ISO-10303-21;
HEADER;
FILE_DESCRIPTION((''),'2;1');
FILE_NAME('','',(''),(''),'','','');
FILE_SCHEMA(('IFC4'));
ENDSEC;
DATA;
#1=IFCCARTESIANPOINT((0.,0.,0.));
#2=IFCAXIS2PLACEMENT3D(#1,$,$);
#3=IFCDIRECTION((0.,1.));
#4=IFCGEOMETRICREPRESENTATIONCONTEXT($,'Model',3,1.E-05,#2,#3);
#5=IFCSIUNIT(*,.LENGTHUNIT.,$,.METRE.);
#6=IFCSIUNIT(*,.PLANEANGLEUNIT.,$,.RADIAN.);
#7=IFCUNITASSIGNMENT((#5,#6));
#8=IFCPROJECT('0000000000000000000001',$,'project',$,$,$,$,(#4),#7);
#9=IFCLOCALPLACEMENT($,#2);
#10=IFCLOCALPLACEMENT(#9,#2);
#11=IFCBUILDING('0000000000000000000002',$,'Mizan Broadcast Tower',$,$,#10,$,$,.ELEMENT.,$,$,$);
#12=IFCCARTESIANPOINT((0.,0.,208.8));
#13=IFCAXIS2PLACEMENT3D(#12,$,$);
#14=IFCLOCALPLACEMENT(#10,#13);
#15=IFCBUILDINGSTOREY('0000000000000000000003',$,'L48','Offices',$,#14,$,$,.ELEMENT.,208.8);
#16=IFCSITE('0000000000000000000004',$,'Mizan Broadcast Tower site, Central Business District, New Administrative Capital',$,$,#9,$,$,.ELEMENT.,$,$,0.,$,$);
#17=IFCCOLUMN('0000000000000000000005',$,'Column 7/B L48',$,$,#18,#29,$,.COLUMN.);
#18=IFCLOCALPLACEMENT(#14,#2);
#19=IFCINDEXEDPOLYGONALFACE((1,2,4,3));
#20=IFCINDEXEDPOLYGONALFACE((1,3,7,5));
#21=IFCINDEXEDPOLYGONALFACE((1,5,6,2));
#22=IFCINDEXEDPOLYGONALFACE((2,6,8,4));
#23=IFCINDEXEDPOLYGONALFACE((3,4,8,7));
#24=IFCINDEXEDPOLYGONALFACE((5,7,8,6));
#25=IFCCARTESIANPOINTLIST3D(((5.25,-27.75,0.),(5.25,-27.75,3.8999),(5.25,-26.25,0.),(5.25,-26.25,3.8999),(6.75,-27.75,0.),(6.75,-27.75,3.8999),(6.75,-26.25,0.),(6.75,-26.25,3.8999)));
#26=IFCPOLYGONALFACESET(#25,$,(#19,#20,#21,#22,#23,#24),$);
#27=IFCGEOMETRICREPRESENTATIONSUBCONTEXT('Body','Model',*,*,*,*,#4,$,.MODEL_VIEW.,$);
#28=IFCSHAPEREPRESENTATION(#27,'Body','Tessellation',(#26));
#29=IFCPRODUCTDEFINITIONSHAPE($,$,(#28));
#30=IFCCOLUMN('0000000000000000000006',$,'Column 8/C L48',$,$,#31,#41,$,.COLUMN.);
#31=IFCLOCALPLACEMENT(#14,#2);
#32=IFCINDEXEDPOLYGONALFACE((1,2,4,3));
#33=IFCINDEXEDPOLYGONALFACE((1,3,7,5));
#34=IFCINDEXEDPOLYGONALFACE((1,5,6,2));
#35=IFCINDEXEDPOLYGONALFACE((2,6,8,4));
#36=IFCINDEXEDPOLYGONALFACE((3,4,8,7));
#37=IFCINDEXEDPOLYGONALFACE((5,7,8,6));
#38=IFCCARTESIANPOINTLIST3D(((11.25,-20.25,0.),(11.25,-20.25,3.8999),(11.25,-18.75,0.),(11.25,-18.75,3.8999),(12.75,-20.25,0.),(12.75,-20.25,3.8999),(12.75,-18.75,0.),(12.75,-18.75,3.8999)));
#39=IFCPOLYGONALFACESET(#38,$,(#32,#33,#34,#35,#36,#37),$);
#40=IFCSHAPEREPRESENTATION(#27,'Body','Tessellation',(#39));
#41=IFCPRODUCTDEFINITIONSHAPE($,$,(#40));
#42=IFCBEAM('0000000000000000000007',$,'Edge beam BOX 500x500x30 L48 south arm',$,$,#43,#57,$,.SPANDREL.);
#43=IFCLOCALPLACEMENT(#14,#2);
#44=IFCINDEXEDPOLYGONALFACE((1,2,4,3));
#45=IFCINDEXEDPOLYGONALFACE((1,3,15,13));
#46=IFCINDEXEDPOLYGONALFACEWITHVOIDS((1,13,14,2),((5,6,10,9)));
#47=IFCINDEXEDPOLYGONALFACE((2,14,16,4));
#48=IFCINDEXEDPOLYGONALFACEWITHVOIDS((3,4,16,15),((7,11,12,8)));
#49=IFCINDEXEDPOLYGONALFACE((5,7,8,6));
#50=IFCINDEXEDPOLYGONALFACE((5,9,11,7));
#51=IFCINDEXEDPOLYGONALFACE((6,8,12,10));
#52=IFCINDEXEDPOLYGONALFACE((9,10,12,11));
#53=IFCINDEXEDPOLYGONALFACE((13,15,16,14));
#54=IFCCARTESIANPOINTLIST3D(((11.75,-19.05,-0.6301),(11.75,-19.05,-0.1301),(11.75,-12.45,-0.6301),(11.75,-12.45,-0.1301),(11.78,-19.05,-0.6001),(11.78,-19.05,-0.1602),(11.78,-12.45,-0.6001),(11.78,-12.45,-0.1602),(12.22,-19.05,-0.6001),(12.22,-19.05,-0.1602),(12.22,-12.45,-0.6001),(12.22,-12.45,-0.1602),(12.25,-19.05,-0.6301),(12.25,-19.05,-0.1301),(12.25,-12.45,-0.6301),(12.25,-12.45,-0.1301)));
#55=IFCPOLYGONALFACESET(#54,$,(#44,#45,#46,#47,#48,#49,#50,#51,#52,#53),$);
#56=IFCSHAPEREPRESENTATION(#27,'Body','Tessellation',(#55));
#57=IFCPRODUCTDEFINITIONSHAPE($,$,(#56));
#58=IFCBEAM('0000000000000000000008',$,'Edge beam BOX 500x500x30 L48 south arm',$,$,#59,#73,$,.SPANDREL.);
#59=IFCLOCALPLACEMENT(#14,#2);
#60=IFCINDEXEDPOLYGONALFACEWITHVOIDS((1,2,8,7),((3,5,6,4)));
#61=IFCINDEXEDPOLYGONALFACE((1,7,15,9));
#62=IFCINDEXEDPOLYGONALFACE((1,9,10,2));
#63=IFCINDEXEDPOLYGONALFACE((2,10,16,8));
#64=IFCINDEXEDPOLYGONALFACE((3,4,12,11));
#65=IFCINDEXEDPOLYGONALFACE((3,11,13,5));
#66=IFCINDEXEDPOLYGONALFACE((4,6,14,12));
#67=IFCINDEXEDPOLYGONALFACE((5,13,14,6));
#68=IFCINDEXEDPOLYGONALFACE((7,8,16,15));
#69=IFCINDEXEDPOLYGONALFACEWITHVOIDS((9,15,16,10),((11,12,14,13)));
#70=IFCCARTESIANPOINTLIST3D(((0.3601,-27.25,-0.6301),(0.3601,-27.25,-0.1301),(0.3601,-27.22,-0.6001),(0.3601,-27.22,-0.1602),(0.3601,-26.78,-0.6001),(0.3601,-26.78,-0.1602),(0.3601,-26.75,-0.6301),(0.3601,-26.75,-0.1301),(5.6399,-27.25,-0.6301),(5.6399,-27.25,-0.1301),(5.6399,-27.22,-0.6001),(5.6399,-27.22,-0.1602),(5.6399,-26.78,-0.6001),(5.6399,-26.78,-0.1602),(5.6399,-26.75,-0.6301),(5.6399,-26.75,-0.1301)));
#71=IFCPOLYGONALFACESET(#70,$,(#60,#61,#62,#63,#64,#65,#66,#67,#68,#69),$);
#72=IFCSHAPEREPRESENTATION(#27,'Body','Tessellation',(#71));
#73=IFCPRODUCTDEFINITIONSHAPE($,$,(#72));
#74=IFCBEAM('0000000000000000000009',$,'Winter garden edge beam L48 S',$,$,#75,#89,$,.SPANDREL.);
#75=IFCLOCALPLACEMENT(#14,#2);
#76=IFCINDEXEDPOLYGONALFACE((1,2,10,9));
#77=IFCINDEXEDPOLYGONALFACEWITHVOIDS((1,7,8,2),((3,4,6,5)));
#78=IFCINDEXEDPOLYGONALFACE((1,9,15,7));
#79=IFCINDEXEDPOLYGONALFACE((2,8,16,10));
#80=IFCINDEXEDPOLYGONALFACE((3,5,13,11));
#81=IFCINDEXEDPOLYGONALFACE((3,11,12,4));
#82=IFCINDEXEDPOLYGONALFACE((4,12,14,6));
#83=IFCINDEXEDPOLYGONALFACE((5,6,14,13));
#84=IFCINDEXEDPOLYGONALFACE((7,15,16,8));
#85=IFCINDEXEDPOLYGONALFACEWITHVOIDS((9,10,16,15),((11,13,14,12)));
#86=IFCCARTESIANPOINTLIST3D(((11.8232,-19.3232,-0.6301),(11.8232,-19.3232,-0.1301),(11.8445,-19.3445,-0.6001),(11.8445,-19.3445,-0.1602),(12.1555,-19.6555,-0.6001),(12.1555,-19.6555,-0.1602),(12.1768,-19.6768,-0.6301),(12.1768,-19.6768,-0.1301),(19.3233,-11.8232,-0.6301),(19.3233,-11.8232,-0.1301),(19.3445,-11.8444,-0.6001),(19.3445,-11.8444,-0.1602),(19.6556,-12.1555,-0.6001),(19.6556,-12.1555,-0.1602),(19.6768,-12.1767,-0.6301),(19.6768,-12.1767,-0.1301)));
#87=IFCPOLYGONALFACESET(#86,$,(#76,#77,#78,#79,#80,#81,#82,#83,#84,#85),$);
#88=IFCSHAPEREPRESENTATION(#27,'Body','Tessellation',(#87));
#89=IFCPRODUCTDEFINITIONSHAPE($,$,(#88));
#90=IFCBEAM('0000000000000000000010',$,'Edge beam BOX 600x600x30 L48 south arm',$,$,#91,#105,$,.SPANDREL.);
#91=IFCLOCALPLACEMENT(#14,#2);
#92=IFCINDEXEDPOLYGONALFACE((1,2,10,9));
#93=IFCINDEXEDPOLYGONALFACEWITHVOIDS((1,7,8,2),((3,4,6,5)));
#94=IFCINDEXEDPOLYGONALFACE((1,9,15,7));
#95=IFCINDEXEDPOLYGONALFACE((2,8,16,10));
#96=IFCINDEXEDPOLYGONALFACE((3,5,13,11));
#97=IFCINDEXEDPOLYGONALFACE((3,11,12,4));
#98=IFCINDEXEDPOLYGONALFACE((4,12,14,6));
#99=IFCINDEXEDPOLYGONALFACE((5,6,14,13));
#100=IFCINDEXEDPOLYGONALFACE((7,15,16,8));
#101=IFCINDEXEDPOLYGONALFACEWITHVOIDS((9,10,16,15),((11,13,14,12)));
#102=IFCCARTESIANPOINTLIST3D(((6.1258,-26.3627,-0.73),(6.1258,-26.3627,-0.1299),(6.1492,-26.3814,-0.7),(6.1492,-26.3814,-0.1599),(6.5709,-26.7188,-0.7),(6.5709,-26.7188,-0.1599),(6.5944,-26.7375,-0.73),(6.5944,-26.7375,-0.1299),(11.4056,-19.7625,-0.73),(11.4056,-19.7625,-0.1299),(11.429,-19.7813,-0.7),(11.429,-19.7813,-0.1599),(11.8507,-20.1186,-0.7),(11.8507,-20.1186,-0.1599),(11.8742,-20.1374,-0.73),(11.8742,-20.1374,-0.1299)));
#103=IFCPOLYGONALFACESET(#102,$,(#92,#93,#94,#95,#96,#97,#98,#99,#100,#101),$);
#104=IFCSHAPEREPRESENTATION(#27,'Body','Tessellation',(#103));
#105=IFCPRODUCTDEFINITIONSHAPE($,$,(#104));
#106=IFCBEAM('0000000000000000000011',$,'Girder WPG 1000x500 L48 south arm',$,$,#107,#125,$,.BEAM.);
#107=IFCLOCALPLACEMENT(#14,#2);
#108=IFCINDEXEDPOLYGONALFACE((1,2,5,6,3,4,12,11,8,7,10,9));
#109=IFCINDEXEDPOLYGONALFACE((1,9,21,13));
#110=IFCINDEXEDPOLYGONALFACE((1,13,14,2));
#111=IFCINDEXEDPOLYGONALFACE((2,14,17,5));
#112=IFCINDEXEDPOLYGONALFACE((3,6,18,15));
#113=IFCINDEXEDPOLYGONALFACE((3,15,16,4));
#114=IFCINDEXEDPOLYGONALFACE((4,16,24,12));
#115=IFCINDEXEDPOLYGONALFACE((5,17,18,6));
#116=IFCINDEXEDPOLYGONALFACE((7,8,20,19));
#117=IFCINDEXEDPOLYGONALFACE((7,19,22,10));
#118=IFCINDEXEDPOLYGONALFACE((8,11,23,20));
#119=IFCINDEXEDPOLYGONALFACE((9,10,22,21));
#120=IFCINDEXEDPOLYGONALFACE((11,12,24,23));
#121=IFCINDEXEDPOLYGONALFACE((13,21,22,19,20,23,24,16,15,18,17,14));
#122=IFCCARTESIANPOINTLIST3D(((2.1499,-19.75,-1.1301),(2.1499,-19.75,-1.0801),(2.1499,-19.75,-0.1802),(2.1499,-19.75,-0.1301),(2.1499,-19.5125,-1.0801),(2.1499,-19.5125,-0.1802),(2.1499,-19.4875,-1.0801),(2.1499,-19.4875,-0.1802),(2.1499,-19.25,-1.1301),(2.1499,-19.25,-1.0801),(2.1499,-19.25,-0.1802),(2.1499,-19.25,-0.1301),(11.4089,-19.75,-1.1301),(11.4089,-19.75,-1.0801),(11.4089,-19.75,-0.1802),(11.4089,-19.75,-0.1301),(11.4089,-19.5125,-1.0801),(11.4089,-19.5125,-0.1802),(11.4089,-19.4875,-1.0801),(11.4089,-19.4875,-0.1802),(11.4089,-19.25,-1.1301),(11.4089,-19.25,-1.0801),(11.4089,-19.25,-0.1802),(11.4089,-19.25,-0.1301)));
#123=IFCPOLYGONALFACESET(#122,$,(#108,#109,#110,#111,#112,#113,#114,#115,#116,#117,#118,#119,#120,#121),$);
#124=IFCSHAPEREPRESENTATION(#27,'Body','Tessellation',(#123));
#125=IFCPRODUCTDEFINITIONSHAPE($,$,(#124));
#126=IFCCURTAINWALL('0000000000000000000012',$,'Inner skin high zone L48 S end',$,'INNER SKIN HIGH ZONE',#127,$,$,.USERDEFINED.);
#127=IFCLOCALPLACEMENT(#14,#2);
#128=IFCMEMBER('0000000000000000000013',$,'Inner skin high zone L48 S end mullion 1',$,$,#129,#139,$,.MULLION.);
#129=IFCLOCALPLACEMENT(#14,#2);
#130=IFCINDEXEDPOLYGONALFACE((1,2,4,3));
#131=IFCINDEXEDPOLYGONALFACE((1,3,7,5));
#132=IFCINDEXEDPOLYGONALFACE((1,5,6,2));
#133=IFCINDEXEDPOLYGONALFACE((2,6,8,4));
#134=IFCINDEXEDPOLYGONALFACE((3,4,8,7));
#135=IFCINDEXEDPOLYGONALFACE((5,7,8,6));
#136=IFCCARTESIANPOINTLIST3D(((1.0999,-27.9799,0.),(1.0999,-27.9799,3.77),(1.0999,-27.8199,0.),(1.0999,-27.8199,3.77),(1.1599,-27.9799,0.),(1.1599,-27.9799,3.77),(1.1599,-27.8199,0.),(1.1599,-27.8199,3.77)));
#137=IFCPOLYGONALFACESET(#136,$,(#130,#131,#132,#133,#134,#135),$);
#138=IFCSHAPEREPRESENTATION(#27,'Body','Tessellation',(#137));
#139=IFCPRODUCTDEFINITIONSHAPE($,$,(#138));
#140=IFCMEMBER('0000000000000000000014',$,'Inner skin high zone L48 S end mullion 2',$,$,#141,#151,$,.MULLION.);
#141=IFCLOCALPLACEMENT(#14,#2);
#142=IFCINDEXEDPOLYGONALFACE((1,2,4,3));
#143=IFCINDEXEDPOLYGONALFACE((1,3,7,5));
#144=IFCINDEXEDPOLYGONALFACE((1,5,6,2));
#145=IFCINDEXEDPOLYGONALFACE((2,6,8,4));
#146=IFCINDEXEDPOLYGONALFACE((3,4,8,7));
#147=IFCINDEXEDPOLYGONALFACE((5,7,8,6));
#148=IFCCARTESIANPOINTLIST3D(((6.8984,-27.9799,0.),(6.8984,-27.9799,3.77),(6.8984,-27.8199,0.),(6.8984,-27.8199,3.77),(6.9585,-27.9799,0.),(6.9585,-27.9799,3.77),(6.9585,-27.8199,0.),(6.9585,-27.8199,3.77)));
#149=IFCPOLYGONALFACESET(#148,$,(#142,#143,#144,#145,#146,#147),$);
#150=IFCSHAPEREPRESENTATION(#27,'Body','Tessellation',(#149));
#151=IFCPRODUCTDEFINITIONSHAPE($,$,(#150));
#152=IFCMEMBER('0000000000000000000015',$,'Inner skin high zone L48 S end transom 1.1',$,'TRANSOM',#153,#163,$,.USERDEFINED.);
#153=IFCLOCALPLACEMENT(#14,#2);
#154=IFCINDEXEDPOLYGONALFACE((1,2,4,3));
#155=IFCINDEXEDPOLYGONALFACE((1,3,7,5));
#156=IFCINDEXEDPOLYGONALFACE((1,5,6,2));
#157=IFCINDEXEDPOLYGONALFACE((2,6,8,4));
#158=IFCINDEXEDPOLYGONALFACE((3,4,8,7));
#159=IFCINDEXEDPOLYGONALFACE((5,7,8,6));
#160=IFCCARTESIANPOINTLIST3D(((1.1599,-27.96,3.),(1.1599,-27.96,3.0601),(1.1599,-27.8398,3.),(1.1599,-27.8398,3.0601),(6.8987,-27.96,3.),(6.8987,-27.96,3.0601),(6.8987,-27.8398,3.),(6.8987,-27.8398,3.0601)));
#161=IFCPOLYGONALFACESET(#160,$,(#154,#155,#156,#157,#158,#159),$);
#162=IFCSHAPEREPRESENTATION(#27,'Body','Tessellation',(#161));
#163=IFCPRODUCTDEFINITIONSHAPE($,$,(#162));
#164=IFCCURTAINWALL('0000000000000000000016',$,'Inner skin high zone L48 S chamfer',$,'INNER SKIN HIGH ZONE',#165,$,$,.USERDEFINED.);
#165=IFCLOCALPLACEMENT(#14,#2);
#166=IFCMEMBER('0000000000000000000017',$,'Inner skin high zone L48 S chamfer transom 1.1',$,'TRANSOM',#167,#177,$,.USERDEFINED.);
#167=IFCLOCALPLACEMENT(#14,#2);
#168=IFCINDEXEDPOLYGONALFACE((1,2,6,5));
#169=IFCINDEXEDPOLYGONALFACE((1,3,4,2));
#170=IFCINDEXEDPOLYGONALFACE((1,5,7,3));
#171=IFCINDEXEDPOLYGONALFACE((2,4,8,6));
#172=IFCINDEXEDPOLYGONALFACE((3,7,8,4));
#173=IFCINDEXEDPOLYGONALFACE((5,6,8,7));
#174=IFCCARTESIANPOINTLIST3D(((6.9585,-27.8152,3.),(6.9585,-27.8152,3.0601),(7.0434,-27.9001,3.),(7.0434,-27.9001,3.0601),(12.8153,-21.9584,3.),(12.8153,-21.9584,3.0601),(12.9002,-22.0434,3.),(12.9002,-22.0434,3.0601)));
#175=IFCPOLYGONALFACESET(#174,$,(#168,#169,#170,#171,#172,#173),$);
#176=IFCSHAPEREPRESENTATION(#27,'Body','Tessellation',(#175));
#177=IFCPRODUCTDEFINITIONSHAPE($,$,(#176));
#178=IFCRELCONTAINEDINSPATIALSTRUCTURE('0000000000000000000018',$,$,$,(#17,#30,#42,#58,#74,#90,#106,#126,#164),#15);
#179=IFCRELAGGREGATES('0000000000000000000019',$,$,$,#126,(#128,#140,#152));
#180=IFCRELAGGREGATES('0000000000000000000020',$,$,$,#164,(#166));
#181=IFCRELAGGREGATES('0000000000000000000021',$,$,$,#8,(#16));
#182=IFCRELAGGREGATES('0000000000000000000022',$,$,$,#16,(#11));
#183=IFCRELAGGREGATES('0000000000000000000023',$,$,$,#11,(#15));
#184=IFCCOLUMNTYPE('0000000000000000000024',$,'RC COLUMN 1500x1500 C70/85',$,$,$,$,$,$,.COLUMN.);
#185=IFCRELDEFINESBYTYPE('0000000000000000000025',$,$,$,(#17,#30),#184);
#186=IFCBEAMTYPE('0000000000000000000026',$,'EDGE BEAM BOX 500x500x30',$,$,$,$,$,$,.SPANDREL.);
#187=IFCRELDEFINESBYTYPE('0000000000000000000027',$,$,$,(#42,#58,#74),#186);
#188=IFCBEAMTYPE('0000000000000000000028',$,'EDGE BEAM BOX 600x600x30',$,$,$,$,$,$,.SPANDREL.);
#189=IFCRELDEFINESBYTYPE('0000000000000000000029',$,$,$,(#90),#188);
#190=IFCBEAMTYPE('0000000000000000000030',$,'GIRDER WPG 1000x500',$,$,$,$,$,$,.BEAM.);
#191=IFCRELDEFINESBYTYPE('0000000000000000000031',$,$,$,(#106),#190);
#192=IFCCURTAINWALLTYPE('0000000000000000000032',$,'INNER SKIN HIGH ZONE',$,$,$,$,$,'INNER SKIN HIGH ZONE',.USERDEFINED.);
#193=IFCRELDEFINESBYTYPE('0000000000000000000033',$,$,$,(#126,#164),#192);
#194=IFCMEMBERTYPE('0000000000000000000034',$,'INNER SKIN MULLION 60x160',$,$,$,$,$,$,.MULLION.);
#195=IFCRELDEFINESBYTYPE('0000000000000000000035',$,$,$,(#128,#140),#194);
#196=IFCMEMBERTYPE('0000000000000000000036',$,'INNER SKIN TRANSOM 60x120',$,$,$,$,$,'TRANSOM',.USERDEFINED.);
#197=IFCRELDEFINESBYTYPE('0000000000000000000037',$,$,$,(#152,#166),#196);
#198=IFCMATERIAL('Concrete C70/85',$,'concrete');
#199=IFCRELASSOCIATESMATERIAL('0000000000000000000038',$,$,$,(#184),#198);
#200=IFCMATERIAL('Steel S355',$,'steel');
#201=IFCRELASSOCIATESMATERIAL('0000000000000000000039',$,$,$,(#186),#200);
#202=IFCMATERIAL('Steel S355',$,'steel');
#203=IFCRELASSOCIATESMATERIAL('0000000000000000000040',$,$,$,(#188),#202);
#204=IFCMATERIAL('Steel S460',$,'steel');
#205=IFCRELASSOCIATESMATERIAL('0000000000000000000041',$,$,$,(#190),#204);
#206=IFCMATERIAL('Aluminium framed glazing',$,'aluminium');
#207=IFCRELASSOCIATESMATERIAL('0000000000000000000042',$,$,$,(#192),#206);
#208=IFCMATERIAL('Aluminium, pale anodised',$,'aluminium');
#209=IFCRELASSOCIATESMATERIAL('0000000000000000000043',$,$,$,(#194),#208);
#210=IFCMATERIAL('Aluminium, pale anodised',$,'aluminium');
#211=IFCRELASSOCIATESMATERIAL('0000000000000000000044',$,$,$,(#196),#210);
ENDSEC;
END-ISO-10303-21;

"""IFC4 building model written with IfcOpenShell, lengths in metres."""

from ifc_helpers import new_model, si_unit, direction, frame, origin, origin_2d, place, context, subcontext, project, spatial, rectangle, hollow_rectangle, i_section, extrude, material, material_profile, profile_set, type_object, element, aggregate, save


model = new_model("IFC4")

# Units and contexts
model_context = context("Model", 3, precision=1e-05, world=origin(), true_north=direction((0.0, 1.0)))
body_context = subcontext(model_context, "Body", "Model", "MODEL_VIEW")
ifc_project = project(units=[si_unit("LENGTHUNIT", "METRE"), si_unit("PLANEANGLEUNIT", "RADIAN")], contexts=[model_context])

# Site, building, storey
site_placement = place(None, origin())
site = spatial("IfcSite", under=ifc_project, at=site_placement, Name="Mizan Broadcast Tower site, Central Business District, New Administrative Capital", CompositionType="ELEMENT", RefElevation=0.0)
building_placement = place(site_placement, origin())
building = spatial("IfcBuilding", under=site, at=building_placement, Name="Mizan Broadcast Tower", CompositionType="ELEMENT")
storey_placement = place(building_placement, frame((0.0, 0.0, 208.8)))
storey = spatial("IfcBuildingStorey", under=building, at=storey_placement, Name="L48", Description="Offices", CompositionType="ELEMENT", Elevation=208.8)

# Columns
ifc_material_1 = material(Name="Concrete C70/85", Category="concrete")
ifc_material_profile_1 = material_profile(ifc_material_1, rectangle(XDim=1.5, YDim=1.5, at=origin_2d()), Name="RC 1500x1500")
ifc_profile_set_1 = profile_set([ifc_material_profile_1], Name="Concrete C70/85")
column_type = type_object("IfcColumnType", Name="RC COLUMN 1500x1500 C70/85", PredefinedType="COLUMN", material=ifc_profile_set_1)
for number, where, z_axis, x_axis, name in (
    (1, (6.0, -27.0, 0.0), (0.0, 0.0, 1.0), (1.0, 0.0, 0.0), "Column 7/B L48"),
    (2, (12.0, -19.5, 0.0), (0.0, 0.0, 1.0), (1.0, 0.0, 0.0), "Column 8/C L48"),
):
    element("IfcColumn", number, at=place(storey_placement, frame(where, z_axis=z_axis, x_axis=x_axis)), inside=storey, type_object=column_type, Name=name, PredefinedType="COLUMN", context=body_context, shape_type="SweptSolid", body=[
        extrude(rectangle(XDim=1.5, YDim=1.5, at=origin_2d()), origin(), (0.0, 0.0, 1.0), 3.8999),
    ])

# Beams
ifc_material_2 = material(Name="Steel S355", Category="steel")
ifc_material_profile_2 = material_profile(ifc_material_2, hollow_rectangle(XDim=0.5, YDim=0.5, WallThickness=0.03, at=origin_2d()), Name="BOX 500x500x30")
ifc_profile_set_2 = profile_set([ifc_material_profile_2], Name="Steel S355")
beam_type_1 = type_object("IfcBeamType", Name="EDGE BEAM BOX 500x500x30", PredefinedType="SPANDREL", material=ifc_profile_set_2)
beam_1_placement = place(storey_placement, frame((12.0, -12.45, -0.3801), z_axis=(0.0, -1.0, 0.0), x_axis=(1.0, 0.0, 0.0)))
element("IfcBeam", 3, at=beam_1_placement, inside=storey, type_object=beam_type_1, Name="Edge beam BOX 500x500x30 L48 south arm", PredefinedType="SPANDREL", context=body_context, shape_type="SweptSolid", body=[
    extrude(hollow_rectangle(XDim=0.5, YDim=0.5, WallThickness=0.03, at=origin_2d()), origin(), (0.0, 0.0, 1.0), 6.6001),
])
beam_2_placement = place(storey_placement, frame((5.6399, -27.0, -0.3801), z_axis=(-1.0, 0.0, 0.0), x_axis=(0.0, -1.0, 0.0)))
element("IfcBeam", 4, at=beam_2_placement, inside=storey, type_object=beam_type_1, Name="Edge beam BOX 500x500x30 L48 south arm", PredefinedType="SPANDREL", context=body_context, shape_type="SweptSolid", body=[
    extrude(hollow_rectangle(XDim=0.5, YDim=0.5, WallThickness=0.03, at=origin_2d()), origin(), (0.0, 0.0, 1.0), 5.2798),
])
beam_3_placement = place(storey_placement, frame((12.0, -19.5, -0.3801), z_axis=(0.707107, 0.707107, 0.0), x_axis=(-0.707107, 0.707107, 0.0)))
element("IfcBeam", 5, at=beam_3_placement, inside=storey, type_object=beam_type_1, Name="Winter garden edge beam L48 S", PredefinedType="SPANDREL", context=body_context, shape_type="SweptSolid", body=[
    extrude(hollow_rectangle(XDim=0.5, YDim=0.5, WallThickness=0.03, at=origin_2d()), origin(), (0.0, 0.0, 1.0), 10.6067),
])
ifc_material_3 = material(Name="Steel S355", Category="steel")
ifc_material_profile_3 = material_profile(ifc_material_3, hollow_rectangle(XDim=0.6001, YDim=0.6001, WallThickness=0.03, at=origin_2d()), Name="BOX 600x600x30")
ifc_profile_set_3 = profile_set([ifc_material_profile_3], Name="Steel S355")
beam_type_2 = type_object("IfcBeamType", Name="EDGE BEAM BOX 600x600x30", PredefinedType="SPANDREL", material=ifc_profile_set_3)
beam_4_placement = place(storey_placement, frame((11.6399, -19.95, -0.4299), z_axis=(-0.624674, -0.780886, 0.0), x_axis=(0.780886, -0.624674, 0.0)))
element("IfcBeam", 6, at=beam_4_placement, inside=storey, type_object=beam_type_2, Name="Edge beam BOX 600x600x30 L48 south arm", PredefinedType="SPANDREL", context=body_context, shape_type="SweptSolid", body=[
    extrude(hollow_rectangle(XDim=0.6001, YDim=0.6001, WallThickness=0.03, at=origin_2d()), origin(), (0.0, 0.0, 1.0), 8.4521),
])
ifc_material_4 = material(Name="Steel S460", Category="steel")
ifc_material_profile_4 = material_profile(ifc_material_4, i_section(OverallWidth=0.5, OverallDepth=1.0, WebThickness=0.0249, FlangeThickness=0.05, at=origin_2d()), Name="WPG 1000x500")
ifc_profile_set_4 = profile_set([ifc_material_profile_4], Name="Steel S460")
beam_type_3 = type_object("IfcBeamType", Name="GIRDER WPG 1000x500", PredefinedType="BEAM", material=ifc_profile_set_4)
beam_5_placement = place(storey_placement, frame((11.4089, -19.5, -0.6301), z_axis=(-1.0, 0.0, 0.0), x_axis=(0.0, -1.0, 0.0)))
element("IfcBeam", 7, at=beam_5_placement, inside=storey, type_object=beam_type_3, Name="Girder WPG 1000x500 L48 south arm", PredefinedType="BEAM", context=body_context, shape_type="SweptSolid", body=[
    extrude(i_section(OverallWidth=0.5, OverallDepth=1.0, WebThickness=0.0249, FlangeThickness=0.05, at=origin_2d()), origin(), (0.0, 0.0, 1.0), 9.259),
])

# Curtain wall, members
ifc_material_5 = material(Name="Aluminium framed glazing", Category="aluminium")
curtain_wall_type_1 = type_object("IfcCurtainWallType", Name="INNER SKIN HIGH ZONE", ElementType="INNER SKIN HIGH ZONE", PredefinedType="USERDEFINED", material=ifc_material_5)
curtain_wall_1_placement = place(storey_placement, origin())
curtain_wall_1 = element("IfcCurtainWall", 8, at=curtain_wall_1_placement, inside=storey, type_object=curtain_wall_type_1, Name="Inner skin high zone L48 S end", ObjectType="INNER SKIN HIGH ZONE", PredefinedType="USERDEFINED")
ifc_material_6 = material(Name="Aluminium, pale anodised", Category="aluminium")
ifc_material_profile_5 = material_profile(ifc_material_6, rectangle(XDim=0.1599, YDim=0.0601, at=origin_2d()), Name="MULLION 160x60")
ifc_profile_set_5 = profile_set([ifc_material_profile_5], Name="Aluminium, pale anodised")
member_type_1 = type_object("IfcMemberType", Name="INNER SKIN MULLION 60x160", PredefinedType="MULLION", material=ifc_profile_set_5)
member_1_placement = place(storey_placement, frame((1.1299, -27.8999, 0.0), z_axis=(0.0, 0.0, 1.0), x_axis=(0.0, 1.0, 0.0)))
member_1 = element("IfcMember", 9, at=member_1_placement, type_object=member_type_1, Name="Inner skin high zone L48 S end mullion 1", PredefinedType="MULLION", context=body_context, shape_type="SweptSolid", body=[
    extrude(rectangle(XDim=0.1599, YDim=0.0601, at=origin_2d()), origin(), (0.0, 0.0, 1.0), 3.77),
])
member_2_placement = place(storey_placement, frame((6.9285, -27.8999, 0.0), z_axis=(0.0, 0.0, 1.0), x_axis=(0.0, 1.0, 0.0)))
member_2 = element("IfcMember", 10, at=member_2_placement, type_object=member_type_1, Name="Inner skin high zone L48 S end mullion 2", PredefinedType="MULLION", context=body_context, shape_type="SweptSolid", body=[
    extrude(rectangle(XDim=0.1599, YDim=0.0601, at=origin_2d()), origin(), (0.0, 0.0, 1.0), 3.77),
])
ifc_material_7 = material(Name="Aluminium, pale anodised", Category="aluminium")
ifc_material_profile_6 = material_profile(ifc_material_7, rectangle(XDim=0.1201, YDim=0.0601, at=origin_2d()), Name="TRANSOM 120x60")
ifc_profile_set_6 = profile_set([ifc_material_profile_6], Name="Aluminium, pale anodised")
member_type_2 = type_object("IfcMemberType", Name="INNER SKIN TRANSOM 60x120", ElementType="TRANSOM", PredefinedType="USERDEFINED", material=ifc_profile_set_6)
member_3_placement = place(storey_placement, frame((1.1599, -27.8999, 3.03), z_axis=(1.0, 0.0, 0.0), x_axis=(0.0, 1.0, 0.0)))
member_3 = element("IfcMember", 11, at=member_3_placement, type_object=member_type_2, Name="Inner skin high zone L48 S end transom 1.1", ObjectType="TRANSOM", PredefinedType="USERDEFINED", context=body_context, shape_type="SweptSolid", body=[
    extrude(rectangle(XDim=0.1201, YDim=0.0601, at=origin_2d()), origin(), (0.0, 0.0, 1.0), 5.7388),
])

# Curtain wall, member
curtain_wall_2_placement = place(storey_placement, origin())
curtain_wall_2 = element("IfcCurtainWall", 12, at=curtain_wall_2_placement, inside=storey, type_object=curtain_wall_type_1, Name="Inner skin high zone L48 S chamfer", ObjectType="INNER SKIN HIGH ZONE", PredefinedType="USERDEFINED")
member_4_placement = place(storey_placement, frame((7.001, -27.8577, 3.03), z_axis=(0.707107, 0.707107, 0.0), x_axis=(-0.707107, 0.707107, 0.0)))
member_4 = element("IfcMember", 13, at=member_4_placement, type_object=member_type_2, Name="Inner skin high zone L48 S chamfer transom 1.1", ObjectType="TRANSOM", PredefinedType="USERDEFINED", context=body_context, shape_type="SweptSolid", body=[
    extrude(rectangle(XDim=0.1201, YDim=0.0601, at=origin_2d()), origin(), (0.0, 0.0, 1.0), 8.2827),
])

aggregate(curtain_wall_1, [member_1, member_2, member_3])
aggregate(curtain_wall_2, [member_4])

save(model, "model.ifc")
